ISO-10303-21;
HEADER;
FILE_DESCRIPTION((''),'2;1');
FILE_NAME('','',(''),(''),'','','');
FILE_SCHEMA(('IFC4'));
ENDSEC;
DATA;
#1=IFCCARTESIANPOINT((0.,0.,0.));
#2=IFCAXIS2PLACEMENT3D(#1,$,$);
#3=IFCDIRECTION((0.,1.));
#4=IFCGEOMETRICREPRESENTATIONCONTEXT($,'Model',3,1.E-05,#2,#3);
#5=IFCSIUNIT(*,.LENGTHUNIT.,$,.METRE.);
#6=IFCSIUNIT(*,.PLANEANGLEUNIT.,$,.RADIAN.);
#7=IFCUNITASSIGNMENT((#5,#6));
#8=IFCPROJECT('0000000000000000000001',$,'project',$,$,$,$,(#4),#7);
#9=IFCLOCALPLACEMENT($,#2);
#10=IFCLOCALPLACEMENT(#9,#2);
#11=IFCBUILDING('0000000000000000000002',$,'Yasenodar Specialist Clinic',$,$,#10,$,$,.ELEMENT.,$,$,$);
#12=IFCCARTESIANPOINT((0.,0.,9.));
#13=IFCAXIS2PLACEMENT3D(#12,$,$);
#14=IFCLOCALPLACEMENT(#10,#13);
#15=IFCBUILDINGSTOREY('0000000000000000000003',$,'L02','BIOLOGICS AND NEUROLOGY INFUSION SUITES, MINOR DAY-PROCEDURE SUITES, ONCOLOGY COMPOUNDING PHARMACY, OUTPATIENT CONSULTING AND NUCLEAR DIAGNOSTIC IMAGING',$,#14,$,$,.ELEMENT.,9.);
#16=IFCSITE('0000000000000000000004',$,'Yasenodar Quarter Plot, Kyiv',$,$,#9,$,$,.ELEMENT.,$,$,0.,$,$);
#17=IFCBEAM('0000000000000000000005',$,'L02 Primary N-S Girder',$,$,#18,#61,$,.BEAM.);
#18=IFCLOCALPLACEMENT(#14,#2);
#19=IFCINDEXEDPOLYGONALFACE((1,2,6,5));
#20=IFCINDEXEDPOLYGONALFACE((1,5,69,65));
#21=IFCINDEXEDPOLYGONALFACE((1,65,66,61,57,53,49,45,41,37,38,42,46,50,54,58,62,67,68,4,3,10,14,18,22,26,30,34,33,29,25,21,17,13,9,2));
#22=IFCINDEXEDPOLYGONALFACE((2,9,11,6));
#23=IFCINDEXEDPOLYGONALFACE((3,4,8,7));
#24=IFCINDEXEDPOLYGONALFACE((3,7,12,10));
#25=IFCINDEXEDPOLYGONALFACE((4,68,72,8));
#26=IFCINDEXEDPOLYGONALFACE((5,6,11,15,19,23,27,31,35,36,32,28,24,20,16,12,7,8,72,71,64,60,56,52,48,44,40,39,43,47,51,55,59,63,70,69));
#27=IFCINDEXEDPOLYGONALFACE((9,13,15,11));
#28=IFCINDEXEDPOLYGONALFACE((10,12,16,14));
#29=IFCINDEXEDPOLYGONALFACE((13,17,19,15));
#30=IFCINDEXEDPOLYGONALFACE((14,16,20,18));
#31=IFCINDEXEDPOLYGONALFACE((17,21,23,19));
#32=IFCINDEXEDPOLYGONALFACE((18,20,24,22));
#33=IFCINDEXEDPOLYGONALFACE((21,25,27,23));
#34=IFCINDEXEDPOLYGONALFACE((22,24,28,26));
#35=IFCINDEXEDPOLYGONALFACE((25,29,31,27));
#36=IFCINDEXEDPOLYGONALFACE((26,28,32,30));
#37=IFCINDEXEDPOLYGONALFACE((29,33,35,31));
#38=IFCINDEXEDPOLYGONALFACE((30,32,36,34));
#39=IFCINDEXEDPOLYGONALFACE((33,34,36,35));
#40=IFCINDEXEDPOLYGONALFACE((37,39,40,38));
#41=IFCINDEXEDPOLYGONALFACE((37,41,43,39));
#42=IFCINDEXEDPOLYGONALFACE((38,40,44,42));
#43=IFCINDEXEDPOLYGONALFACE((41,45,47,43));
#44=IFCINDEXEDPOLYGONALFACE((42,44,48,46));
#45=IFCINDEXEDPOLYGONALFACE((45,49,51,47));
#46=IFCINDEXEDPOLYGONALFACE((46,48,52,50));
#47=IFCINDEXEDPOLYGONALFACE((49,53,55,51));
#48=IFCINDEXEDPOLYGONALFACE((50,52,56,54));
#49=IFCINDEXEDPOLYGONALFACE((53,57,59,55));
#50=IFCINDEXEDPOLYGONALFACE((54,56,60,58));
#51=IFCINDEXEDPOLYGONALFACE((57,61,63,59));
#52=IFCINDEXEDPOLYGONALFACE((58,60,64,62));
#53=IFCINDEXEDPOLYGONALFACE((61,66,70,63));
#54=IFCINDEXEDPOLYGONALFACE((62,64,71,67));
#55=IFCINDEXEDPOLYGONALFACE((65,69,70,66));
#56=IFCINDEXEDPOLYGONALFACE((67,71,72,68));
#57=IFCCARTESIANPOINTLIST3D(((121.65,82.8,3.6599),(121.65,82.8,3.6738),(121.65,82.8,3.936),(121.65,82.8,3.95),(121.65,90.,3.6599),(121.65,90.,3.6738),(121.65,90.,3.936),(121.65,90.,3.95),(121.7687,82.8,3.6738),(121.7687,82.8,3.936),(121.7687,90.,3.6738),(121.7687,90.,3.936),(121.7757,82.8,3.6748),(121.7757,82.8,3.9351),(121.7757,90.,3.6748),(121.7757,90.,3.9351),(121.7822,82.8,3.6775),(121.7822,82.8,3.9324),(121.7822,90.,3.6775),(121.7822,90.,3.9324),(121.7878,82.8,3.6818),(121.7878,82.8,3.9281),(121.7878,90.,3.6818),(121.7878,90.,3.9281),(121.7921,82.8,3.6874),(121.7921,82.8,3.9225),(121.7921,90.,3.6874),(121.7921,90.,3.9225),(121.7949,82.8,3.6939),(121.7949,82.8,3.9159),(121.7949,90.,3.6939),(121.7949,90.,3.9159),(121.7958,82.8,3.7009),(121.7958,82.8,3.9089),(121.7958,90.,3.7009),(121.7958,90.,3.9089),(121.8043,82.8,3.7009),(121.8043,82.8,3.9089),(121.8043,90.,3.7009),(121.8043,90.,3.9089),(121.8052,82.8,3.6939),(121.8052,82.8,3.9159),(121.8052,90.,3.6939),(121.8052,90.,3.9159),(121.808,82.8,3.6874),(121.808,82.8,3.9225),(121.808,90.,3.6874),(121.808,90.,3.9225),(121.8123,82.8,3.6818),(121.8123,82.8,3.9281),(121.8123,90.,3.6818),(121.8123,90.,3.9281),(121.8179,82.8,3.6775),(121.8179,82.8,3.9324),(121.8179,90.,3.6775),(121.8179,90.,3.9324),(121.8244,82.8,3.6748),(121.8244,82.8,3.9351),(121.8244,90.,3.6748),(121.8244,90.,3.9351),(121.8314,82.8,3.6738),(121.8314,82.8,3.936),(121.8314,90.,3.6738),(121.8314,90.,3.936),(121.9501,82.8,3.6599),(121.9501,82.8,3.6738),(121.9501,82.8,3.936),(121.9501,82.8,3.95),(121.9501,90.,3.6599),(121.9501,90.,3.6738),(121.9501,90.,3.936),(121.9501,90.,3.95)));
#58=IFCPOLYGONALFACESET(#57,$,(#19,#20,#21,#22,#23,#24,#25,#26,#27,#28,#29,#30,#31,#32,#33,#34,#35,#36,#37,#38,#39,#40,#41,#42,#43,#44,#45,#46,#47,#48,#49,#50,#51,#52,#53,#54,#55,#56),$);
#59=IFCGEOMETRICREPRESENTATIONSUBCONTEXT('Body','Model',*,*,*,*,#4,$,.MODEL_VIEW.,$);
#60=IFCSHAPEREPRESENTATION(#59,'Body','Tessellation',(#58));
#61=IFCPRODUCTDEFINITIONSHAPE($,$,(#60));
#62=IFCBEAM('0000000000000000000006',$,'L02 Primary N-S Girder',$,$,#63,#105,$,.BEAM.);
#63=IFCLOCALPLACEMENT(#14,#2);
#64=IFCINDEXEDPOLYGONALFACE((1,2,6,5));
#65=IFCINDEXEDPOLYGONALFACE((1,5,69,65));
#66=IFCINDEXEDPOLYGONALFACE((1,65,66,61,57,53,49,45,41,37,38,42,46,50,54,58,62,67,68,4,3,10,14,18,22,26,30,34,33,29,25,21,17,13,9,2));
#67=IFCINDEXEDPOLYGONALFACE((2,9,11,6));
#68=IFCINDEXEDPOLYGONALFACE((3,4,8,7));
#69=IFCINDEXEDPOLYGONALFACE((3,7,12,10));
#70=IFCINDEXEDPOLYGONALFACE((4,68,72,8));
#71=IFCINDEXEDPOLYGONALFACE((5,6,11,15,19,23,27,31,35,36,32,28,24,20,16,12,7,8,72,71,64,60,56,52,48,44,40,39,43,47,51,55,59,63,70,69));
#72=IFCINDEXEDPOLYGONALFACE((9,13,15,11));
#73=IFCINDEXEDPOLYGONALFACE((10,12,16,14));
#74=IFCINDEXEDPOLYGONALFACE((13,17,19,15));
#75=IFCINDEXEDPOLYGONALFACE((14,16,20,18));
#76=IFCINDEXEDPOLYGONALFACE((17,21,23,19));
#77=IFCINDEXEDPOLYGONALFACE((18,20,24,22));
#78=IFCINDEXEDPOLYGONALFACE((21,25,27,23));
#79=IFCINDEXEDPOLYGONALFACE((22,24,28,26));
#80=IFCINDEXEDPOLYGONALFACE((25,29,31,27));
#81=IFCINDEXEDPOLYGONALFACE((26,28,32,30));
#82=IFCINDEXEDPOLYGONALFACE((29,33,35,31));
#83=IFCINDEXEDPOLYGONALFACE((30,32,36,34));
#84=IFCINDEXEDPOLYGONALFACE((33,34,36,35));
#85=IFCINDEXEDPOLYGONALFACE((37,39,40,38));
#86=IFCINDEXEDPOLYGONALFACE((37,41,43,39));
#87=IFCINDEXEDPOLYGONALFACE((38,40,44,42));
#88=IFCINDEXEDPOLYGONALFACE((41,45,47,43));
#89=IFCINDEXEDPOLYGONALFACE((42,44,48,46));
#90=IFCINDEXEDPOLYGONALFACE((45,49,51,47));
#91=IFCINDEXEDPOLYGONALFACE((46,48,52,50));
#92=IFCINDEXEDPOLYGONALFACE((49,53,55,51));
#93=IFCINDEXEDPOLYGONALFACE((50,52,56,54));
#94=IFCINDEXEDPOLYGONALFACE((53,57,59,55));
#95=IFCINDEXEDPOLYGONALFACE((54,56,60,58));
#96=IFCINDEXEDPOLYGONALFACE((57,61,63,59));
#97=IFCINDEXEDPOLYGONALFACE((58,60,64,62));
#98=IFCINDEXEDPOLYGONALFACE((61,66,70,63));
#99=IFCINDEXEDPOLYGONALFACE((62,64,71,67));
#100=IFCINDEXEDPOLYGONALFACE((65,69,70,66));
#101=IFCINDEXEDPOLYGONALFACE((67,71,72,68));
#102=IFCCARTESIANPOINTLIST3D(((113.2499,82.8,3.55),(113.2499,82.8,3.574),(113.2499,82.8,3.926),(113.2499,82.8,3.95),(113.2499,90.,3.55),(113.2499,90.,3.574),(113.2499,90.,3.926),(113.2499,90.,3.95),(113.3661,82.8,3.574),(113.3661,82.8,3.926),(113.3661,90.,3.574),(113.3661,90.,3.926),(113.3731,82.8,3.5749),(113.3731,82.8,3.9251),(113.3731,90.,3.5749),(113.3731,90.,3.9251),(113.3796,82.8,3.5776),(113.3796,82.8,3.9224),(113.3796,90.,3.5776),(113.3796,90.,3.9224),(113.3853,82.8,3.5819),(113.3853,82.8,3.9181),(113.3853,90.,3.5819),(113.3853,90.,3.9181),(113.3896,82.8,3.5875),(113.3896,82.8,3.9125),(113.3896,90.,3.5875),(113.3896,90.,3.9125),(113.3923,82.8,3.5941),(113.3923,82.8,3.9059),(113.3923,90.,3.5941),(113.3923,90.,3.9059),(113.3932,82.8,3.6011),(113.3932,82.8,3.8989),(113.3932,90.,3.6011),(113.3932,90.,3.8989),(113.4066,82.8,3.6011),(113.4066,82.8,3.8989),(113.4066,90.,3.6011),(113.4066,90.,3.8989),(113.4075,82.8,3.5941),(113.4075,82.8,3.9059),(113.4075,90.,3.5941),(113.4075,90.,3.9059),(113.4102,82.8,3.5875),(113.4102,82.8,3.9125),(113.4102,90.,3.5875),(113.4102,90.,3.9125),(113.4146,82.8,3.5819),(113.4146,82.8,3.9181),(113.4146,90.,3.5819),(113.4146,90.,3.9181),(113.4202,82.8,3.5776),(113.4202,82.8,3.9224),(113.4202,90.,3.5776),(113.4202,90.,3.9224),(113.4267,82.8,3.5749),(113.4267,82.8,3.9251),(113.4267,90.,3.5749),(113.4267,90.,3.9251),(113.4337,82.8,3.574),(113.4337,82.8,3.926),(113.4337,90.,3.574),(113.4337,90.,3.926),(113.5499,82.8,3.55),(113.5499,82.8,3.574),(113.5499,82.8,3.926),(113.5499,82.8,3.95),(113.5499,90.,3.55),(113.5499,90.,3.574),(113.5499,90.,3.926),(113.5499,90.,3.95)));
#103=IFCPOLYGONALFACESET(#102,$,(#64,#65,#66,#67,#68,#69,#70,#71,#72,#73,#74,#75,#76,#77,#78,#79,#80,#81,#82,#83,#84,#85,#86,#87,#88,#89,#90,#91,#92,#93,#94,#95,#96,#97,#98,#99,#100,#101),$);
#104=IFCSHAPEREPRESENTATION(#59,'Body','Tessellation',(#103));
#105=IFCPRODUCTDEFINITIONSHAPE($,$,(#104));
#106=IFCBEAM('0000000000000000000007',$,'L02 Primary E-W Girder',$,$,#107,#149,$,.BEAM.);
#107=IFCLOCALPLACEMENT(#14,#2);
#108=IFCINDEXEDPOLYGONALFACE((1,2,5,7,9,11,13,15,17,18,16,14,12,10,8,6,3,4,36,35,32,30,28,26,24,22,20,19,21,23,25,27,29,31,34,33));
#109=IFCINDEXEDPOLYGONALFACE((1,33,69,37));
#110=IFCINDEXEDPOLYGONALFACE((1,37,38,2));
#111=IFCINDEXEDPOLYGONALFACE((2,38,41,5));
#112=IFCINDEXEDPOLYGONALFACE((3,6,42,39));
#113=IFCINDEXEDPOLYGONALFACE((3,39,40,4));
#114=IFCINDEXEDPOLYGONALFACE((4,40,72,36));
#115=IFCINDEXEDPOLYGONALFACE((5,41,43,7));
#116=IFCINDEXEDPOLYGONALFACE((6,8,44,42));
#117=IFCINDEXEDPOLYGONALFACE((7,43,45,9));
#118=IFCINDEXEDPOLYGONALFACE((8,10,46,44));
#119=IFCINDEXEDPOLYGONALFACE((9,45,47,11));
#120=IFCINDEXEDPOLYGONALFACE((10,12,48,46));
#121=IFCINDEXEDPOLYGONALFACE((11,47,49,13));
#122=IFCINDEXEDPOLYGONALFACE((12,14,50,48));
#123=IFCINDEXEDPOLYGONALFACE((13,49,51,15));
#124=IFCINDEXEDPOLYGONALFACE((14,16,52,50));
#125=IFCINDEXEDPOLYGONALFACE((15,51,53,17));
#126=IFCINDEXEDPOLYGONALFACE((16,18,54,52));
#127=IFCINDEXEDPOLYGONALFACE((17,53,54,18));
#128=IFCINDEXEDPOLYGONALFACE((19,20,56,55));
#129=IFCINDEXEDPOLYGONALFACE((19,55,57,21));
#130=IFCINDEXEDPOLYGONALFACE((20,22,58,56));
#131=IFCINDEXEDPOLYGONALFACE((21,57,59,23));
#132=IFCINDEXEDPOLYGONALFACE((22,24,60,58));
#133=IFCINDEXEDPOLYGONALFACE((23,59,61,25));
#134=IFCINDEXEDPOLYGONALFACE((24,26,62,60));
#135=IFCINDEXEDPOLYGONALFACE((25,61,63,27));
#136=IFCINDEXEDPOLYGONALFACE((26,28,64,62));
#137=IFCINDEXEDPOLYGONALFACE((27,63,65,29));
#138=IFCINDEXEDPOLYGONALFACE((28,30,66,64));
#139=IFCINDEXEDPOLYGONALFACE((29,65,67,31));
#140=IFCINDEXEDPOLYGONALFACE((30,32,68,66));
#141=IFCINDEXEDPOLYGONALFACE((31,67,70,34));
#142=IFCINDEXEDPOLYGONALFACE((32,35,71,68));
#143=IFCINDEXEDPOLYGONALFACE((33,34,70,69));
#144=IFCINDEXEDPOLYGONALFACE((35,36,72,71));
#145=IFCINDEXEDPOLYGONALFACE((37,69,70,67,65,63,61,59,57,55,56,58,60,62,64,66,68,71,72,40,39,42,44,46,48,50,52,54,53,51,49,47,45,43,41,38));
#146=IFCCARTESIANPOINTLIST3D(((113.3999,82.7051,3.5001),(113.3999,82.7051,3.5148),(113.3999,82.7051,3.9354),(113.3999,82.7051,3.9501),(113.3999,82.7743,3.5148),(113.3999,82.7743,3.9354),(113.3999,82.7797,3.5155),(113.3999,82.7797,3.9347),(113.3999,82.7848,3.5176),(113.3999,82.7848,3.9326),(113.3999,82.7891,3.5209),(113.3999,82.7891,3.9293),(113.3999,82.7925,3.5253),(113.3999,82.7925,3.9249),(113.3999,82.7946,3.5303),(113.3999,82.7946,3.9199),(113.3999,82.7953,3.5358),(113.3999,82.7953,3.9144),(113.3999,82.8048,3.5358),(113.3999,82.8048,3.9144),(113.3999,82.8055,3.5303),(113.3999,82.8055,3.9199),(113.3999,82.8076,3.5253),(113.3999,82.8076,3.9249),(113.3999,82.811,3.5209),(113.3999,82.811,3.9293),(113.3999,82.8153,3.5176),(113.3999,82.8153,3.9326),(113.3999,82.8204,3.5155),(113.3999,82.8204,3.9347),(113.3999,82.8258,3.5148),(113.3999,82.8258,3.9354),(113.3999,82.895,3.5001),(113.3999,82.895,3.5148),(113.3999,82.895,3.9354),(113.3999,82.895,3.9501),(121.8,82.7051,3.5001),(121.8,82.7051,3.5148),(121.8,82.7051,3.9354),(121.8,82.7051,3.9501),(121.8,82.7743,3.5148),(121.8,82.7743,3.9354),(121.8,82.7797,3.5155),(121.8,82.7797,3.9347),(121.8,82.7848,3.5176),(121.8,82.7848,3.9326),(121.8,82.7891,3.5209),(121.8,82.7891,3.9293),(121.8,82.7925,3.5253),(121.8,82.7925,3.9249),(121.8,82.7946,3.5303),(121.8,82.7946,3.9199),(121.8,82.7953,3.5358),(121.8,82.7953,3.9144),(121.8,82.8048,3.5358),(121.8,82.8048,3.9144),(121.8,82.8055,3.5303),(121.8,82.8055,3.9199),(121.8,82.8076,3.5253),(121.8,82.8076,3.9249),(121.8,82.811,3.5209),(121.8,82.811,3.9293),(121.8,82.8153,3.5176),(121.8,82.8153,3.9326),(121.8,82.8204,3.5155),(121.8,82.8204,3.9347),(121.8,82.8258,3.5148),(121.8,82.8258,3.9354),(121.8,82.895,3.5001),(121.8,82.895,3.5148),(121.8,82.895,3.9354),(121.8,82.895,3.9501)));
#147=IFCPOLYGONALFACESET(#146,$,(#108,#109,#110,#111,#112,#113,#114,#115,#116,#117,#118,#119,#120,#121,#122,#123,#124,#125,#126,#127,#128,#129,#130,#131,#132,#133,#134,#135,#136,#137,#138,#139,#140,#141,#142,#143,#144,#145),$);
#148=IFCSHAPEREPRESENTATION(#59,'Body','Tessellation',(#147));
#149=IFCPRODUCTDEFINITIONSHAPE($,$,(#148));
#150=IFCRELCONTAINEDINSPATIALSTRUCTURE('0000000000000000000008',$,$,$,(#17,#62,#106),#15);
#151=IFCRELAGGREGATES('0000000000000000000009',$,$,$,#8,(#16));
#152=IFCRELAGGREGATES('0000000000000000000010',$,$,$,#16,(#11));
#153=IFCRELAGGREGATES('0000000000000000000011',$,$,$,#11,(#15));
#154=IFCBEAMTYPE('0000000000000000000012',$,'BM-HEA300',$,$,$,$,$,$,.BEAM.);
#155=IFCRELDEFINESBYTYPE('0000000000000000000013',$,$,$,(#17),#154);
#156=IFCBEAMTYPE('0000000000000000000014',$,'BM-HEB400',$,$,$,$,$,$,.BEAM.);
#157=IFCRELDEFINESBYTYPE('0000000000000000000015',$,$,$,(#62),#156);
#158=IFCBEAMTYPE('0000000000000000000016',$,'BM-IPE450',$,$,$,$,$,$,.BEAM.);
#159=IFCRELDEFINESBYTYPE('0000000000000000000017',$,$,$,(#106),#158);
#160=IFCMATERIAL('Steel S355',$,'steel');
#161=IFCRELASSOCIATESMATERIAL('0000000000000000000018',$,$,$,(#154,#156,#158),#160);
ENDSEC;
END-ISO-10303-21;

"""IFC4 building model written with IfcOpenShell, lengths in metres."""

from ifc_helpers import new_model, si_unit, direction, frame, origin, origin_2d, place, context, subcontext, project, spatial, i_section, extrude, material, material_profile, profile_set, type_object, element, save


model = new_model("IFC4")

# Units and contexts
model_context = context("Model", 3, precision=1e-05, world=origin(), true_north=direction((0.0, 1.0)))
body_context = subcontext(model_context, "Body", "Model", "MODEL_VIEW")
ifc_project = project(units=[si_unit("LENGTHUNIT", "METRE"), si_unit("PLANEANGLEUNIT", "RADIAN")], contexts=[model_context])

# Site, building, storey
site_placement = place(None, origin())
site = spatial("IfcSite", under=ifc_project, at=site_placement, Name="Yasenodar Quarter Plot, Kyiv", CompositionType="ELEMENT", RefElevation=0.0)
building_placement = place(site_placement, origin())
building = spatial("IfcBuilding", under=site, at=building_placement, Name="Yasenodar Specialist Clinic", CompositionType="ELEMENT")
storey_placement = place(building_placement, frame((0.0, 0.0, 9.0)))
storey = spatial("IfcBuildingStorey", under=building, at=storey_placement, Name="L02", Description="BIOLOGICS AND NEUROLOGY INFUSION SUITES, MINOR DAY-PROCEDURE SUITES, ONCOLOGY COMPOUNDING PHARMACY, OUTPATIENT CONSULTING AND NUCLEAR DIAGNOSTIC IMAGING", CompositionType="ELEMENT", Elevation=9.0)

# Shared definitions
ifc_material_1 = material(Name="Steel S355", Category="steel")

# Beams
ifc_material_profile_1 = material_profile(ifc_material_1, i_section(OverallWidth=0.3, OverallDepth=0.29, WebThickness=0.0085, FlangeThickness=0.0139, FilletRadius=0.0271, at=origin_2d()), Name="HEA 300")
ifc_profile_set_1 = profile_set([ifc_material_profile_1], Name="Steel S355")
beam_type_1 = type_object("IfcBeamType", Name="BM-HEA300", PredefinedType="BEAM", material=ifc_profile_set_1)
for number, where, z_axis, x_axis, name in (
    (1, (121.8, 82.8, 3.8049), (0.0, 1.0, 0.0), (-1.0, 0.0, 0.0), "L02 Primary N-S Girder"),
):
    element("IfcBeam", number, at=place(storey_placement, frame(where, z_axis=z_axis, x_axis=x_axis)), inside=storey, type_object=beam_type_1, Name=name, PredefinedType="BEAM", context=body_context, shape_type="SweptSolid", body=[
        extrude(i_section(OverallWidth=0.3, OverallDepth=0.29, WebThickness=0.0085, FlangeThickness=0.0139, FilletRadius=0.0271, at=origin_2d()), origin(), (0.0, 0.0, 1.0), 7.2),
    ])
ifc_material_profile_2 = material_profile(ifc_material_1, i_section(OverallWidth=0.3, OverallDepth=0.3999, WebThickness=0.0134, FlangeThickness=0.0239, FilletRadius=0.0271, at=origin_2d()), Name="HEB 400")
ifc_profile_set_2 = profile_set([ifc_material_profile_2], Name="Steel S355")
beam_type_2 = type_object("IfcBeamType", Name="BM-HEB400", PredefinedType="BEAM", material=ifc_profile_set_2)
beam_1_placement = place(storey_placement, frame((113.3999, 82.8, 3.75), z_axis=(0.0, 1.0, 0.0), x_axis=(-1.0, 0.0, 0.0)))
element("IfcBeam", 2, at=beam_1_placement, inside=storey, type_object=beam_type_2, Name="L02 Primary N-S Girder", PredefinedType="BEAM", context=body_context, shape_type="SweptSolid", body=[
    extrude(i_section(OverallWidth=0.3, OverallDepth=0.3999, WebThickness=0.0134, FlangeThickness=0.0239, FilletRadius=0.0271, at=origin_2d()), origin(), (0.0, 0.0, 1.0), 7.2),
])
ifc_material_profile_3 = material_profile(ifc_material_1, i_section(OverallWidth=0.1899, OverallDepth=0.45, WebThickness=0.0095, FlangeThickness=0.0146, FilletRadius=0.021, at=origin_2d()), Name="IPE 450")
ifc_profile_set_3 = profile_set([ifc_material_profile_3], Name="Steel S355")
beam_type_3 = type_object("IfcBeamType", Name="BM-IPE450", PredefinedType="BEAM", material=ifc_profile_set_3)
beam_2_placement = place(storey_placement, frame((113.3999, 82.8, 3.7251), z_axis=(1.0, 0.0, 0.0), x_axis=(0.0, 1.0, 0.0)))
element("IfcBeam", 3, at=beam_2_placement, inside=storey, type_object=beam_type_3, Name="L02 Primary E-W Girder", PredefinedType="BEAM", context=body_context, shape_type="SweptSolid", body=[
    extrude(i_section(OverallWidth=0.1899, OverallDepth=0.45, WebThickness=0.0095, FlangeThickness=0.0146, FilletRadius=0.021, at=origin_2d()), origin(), (0.0, 0.0, 1.0), 8.4001),
])

save(model, "model.ifc")
